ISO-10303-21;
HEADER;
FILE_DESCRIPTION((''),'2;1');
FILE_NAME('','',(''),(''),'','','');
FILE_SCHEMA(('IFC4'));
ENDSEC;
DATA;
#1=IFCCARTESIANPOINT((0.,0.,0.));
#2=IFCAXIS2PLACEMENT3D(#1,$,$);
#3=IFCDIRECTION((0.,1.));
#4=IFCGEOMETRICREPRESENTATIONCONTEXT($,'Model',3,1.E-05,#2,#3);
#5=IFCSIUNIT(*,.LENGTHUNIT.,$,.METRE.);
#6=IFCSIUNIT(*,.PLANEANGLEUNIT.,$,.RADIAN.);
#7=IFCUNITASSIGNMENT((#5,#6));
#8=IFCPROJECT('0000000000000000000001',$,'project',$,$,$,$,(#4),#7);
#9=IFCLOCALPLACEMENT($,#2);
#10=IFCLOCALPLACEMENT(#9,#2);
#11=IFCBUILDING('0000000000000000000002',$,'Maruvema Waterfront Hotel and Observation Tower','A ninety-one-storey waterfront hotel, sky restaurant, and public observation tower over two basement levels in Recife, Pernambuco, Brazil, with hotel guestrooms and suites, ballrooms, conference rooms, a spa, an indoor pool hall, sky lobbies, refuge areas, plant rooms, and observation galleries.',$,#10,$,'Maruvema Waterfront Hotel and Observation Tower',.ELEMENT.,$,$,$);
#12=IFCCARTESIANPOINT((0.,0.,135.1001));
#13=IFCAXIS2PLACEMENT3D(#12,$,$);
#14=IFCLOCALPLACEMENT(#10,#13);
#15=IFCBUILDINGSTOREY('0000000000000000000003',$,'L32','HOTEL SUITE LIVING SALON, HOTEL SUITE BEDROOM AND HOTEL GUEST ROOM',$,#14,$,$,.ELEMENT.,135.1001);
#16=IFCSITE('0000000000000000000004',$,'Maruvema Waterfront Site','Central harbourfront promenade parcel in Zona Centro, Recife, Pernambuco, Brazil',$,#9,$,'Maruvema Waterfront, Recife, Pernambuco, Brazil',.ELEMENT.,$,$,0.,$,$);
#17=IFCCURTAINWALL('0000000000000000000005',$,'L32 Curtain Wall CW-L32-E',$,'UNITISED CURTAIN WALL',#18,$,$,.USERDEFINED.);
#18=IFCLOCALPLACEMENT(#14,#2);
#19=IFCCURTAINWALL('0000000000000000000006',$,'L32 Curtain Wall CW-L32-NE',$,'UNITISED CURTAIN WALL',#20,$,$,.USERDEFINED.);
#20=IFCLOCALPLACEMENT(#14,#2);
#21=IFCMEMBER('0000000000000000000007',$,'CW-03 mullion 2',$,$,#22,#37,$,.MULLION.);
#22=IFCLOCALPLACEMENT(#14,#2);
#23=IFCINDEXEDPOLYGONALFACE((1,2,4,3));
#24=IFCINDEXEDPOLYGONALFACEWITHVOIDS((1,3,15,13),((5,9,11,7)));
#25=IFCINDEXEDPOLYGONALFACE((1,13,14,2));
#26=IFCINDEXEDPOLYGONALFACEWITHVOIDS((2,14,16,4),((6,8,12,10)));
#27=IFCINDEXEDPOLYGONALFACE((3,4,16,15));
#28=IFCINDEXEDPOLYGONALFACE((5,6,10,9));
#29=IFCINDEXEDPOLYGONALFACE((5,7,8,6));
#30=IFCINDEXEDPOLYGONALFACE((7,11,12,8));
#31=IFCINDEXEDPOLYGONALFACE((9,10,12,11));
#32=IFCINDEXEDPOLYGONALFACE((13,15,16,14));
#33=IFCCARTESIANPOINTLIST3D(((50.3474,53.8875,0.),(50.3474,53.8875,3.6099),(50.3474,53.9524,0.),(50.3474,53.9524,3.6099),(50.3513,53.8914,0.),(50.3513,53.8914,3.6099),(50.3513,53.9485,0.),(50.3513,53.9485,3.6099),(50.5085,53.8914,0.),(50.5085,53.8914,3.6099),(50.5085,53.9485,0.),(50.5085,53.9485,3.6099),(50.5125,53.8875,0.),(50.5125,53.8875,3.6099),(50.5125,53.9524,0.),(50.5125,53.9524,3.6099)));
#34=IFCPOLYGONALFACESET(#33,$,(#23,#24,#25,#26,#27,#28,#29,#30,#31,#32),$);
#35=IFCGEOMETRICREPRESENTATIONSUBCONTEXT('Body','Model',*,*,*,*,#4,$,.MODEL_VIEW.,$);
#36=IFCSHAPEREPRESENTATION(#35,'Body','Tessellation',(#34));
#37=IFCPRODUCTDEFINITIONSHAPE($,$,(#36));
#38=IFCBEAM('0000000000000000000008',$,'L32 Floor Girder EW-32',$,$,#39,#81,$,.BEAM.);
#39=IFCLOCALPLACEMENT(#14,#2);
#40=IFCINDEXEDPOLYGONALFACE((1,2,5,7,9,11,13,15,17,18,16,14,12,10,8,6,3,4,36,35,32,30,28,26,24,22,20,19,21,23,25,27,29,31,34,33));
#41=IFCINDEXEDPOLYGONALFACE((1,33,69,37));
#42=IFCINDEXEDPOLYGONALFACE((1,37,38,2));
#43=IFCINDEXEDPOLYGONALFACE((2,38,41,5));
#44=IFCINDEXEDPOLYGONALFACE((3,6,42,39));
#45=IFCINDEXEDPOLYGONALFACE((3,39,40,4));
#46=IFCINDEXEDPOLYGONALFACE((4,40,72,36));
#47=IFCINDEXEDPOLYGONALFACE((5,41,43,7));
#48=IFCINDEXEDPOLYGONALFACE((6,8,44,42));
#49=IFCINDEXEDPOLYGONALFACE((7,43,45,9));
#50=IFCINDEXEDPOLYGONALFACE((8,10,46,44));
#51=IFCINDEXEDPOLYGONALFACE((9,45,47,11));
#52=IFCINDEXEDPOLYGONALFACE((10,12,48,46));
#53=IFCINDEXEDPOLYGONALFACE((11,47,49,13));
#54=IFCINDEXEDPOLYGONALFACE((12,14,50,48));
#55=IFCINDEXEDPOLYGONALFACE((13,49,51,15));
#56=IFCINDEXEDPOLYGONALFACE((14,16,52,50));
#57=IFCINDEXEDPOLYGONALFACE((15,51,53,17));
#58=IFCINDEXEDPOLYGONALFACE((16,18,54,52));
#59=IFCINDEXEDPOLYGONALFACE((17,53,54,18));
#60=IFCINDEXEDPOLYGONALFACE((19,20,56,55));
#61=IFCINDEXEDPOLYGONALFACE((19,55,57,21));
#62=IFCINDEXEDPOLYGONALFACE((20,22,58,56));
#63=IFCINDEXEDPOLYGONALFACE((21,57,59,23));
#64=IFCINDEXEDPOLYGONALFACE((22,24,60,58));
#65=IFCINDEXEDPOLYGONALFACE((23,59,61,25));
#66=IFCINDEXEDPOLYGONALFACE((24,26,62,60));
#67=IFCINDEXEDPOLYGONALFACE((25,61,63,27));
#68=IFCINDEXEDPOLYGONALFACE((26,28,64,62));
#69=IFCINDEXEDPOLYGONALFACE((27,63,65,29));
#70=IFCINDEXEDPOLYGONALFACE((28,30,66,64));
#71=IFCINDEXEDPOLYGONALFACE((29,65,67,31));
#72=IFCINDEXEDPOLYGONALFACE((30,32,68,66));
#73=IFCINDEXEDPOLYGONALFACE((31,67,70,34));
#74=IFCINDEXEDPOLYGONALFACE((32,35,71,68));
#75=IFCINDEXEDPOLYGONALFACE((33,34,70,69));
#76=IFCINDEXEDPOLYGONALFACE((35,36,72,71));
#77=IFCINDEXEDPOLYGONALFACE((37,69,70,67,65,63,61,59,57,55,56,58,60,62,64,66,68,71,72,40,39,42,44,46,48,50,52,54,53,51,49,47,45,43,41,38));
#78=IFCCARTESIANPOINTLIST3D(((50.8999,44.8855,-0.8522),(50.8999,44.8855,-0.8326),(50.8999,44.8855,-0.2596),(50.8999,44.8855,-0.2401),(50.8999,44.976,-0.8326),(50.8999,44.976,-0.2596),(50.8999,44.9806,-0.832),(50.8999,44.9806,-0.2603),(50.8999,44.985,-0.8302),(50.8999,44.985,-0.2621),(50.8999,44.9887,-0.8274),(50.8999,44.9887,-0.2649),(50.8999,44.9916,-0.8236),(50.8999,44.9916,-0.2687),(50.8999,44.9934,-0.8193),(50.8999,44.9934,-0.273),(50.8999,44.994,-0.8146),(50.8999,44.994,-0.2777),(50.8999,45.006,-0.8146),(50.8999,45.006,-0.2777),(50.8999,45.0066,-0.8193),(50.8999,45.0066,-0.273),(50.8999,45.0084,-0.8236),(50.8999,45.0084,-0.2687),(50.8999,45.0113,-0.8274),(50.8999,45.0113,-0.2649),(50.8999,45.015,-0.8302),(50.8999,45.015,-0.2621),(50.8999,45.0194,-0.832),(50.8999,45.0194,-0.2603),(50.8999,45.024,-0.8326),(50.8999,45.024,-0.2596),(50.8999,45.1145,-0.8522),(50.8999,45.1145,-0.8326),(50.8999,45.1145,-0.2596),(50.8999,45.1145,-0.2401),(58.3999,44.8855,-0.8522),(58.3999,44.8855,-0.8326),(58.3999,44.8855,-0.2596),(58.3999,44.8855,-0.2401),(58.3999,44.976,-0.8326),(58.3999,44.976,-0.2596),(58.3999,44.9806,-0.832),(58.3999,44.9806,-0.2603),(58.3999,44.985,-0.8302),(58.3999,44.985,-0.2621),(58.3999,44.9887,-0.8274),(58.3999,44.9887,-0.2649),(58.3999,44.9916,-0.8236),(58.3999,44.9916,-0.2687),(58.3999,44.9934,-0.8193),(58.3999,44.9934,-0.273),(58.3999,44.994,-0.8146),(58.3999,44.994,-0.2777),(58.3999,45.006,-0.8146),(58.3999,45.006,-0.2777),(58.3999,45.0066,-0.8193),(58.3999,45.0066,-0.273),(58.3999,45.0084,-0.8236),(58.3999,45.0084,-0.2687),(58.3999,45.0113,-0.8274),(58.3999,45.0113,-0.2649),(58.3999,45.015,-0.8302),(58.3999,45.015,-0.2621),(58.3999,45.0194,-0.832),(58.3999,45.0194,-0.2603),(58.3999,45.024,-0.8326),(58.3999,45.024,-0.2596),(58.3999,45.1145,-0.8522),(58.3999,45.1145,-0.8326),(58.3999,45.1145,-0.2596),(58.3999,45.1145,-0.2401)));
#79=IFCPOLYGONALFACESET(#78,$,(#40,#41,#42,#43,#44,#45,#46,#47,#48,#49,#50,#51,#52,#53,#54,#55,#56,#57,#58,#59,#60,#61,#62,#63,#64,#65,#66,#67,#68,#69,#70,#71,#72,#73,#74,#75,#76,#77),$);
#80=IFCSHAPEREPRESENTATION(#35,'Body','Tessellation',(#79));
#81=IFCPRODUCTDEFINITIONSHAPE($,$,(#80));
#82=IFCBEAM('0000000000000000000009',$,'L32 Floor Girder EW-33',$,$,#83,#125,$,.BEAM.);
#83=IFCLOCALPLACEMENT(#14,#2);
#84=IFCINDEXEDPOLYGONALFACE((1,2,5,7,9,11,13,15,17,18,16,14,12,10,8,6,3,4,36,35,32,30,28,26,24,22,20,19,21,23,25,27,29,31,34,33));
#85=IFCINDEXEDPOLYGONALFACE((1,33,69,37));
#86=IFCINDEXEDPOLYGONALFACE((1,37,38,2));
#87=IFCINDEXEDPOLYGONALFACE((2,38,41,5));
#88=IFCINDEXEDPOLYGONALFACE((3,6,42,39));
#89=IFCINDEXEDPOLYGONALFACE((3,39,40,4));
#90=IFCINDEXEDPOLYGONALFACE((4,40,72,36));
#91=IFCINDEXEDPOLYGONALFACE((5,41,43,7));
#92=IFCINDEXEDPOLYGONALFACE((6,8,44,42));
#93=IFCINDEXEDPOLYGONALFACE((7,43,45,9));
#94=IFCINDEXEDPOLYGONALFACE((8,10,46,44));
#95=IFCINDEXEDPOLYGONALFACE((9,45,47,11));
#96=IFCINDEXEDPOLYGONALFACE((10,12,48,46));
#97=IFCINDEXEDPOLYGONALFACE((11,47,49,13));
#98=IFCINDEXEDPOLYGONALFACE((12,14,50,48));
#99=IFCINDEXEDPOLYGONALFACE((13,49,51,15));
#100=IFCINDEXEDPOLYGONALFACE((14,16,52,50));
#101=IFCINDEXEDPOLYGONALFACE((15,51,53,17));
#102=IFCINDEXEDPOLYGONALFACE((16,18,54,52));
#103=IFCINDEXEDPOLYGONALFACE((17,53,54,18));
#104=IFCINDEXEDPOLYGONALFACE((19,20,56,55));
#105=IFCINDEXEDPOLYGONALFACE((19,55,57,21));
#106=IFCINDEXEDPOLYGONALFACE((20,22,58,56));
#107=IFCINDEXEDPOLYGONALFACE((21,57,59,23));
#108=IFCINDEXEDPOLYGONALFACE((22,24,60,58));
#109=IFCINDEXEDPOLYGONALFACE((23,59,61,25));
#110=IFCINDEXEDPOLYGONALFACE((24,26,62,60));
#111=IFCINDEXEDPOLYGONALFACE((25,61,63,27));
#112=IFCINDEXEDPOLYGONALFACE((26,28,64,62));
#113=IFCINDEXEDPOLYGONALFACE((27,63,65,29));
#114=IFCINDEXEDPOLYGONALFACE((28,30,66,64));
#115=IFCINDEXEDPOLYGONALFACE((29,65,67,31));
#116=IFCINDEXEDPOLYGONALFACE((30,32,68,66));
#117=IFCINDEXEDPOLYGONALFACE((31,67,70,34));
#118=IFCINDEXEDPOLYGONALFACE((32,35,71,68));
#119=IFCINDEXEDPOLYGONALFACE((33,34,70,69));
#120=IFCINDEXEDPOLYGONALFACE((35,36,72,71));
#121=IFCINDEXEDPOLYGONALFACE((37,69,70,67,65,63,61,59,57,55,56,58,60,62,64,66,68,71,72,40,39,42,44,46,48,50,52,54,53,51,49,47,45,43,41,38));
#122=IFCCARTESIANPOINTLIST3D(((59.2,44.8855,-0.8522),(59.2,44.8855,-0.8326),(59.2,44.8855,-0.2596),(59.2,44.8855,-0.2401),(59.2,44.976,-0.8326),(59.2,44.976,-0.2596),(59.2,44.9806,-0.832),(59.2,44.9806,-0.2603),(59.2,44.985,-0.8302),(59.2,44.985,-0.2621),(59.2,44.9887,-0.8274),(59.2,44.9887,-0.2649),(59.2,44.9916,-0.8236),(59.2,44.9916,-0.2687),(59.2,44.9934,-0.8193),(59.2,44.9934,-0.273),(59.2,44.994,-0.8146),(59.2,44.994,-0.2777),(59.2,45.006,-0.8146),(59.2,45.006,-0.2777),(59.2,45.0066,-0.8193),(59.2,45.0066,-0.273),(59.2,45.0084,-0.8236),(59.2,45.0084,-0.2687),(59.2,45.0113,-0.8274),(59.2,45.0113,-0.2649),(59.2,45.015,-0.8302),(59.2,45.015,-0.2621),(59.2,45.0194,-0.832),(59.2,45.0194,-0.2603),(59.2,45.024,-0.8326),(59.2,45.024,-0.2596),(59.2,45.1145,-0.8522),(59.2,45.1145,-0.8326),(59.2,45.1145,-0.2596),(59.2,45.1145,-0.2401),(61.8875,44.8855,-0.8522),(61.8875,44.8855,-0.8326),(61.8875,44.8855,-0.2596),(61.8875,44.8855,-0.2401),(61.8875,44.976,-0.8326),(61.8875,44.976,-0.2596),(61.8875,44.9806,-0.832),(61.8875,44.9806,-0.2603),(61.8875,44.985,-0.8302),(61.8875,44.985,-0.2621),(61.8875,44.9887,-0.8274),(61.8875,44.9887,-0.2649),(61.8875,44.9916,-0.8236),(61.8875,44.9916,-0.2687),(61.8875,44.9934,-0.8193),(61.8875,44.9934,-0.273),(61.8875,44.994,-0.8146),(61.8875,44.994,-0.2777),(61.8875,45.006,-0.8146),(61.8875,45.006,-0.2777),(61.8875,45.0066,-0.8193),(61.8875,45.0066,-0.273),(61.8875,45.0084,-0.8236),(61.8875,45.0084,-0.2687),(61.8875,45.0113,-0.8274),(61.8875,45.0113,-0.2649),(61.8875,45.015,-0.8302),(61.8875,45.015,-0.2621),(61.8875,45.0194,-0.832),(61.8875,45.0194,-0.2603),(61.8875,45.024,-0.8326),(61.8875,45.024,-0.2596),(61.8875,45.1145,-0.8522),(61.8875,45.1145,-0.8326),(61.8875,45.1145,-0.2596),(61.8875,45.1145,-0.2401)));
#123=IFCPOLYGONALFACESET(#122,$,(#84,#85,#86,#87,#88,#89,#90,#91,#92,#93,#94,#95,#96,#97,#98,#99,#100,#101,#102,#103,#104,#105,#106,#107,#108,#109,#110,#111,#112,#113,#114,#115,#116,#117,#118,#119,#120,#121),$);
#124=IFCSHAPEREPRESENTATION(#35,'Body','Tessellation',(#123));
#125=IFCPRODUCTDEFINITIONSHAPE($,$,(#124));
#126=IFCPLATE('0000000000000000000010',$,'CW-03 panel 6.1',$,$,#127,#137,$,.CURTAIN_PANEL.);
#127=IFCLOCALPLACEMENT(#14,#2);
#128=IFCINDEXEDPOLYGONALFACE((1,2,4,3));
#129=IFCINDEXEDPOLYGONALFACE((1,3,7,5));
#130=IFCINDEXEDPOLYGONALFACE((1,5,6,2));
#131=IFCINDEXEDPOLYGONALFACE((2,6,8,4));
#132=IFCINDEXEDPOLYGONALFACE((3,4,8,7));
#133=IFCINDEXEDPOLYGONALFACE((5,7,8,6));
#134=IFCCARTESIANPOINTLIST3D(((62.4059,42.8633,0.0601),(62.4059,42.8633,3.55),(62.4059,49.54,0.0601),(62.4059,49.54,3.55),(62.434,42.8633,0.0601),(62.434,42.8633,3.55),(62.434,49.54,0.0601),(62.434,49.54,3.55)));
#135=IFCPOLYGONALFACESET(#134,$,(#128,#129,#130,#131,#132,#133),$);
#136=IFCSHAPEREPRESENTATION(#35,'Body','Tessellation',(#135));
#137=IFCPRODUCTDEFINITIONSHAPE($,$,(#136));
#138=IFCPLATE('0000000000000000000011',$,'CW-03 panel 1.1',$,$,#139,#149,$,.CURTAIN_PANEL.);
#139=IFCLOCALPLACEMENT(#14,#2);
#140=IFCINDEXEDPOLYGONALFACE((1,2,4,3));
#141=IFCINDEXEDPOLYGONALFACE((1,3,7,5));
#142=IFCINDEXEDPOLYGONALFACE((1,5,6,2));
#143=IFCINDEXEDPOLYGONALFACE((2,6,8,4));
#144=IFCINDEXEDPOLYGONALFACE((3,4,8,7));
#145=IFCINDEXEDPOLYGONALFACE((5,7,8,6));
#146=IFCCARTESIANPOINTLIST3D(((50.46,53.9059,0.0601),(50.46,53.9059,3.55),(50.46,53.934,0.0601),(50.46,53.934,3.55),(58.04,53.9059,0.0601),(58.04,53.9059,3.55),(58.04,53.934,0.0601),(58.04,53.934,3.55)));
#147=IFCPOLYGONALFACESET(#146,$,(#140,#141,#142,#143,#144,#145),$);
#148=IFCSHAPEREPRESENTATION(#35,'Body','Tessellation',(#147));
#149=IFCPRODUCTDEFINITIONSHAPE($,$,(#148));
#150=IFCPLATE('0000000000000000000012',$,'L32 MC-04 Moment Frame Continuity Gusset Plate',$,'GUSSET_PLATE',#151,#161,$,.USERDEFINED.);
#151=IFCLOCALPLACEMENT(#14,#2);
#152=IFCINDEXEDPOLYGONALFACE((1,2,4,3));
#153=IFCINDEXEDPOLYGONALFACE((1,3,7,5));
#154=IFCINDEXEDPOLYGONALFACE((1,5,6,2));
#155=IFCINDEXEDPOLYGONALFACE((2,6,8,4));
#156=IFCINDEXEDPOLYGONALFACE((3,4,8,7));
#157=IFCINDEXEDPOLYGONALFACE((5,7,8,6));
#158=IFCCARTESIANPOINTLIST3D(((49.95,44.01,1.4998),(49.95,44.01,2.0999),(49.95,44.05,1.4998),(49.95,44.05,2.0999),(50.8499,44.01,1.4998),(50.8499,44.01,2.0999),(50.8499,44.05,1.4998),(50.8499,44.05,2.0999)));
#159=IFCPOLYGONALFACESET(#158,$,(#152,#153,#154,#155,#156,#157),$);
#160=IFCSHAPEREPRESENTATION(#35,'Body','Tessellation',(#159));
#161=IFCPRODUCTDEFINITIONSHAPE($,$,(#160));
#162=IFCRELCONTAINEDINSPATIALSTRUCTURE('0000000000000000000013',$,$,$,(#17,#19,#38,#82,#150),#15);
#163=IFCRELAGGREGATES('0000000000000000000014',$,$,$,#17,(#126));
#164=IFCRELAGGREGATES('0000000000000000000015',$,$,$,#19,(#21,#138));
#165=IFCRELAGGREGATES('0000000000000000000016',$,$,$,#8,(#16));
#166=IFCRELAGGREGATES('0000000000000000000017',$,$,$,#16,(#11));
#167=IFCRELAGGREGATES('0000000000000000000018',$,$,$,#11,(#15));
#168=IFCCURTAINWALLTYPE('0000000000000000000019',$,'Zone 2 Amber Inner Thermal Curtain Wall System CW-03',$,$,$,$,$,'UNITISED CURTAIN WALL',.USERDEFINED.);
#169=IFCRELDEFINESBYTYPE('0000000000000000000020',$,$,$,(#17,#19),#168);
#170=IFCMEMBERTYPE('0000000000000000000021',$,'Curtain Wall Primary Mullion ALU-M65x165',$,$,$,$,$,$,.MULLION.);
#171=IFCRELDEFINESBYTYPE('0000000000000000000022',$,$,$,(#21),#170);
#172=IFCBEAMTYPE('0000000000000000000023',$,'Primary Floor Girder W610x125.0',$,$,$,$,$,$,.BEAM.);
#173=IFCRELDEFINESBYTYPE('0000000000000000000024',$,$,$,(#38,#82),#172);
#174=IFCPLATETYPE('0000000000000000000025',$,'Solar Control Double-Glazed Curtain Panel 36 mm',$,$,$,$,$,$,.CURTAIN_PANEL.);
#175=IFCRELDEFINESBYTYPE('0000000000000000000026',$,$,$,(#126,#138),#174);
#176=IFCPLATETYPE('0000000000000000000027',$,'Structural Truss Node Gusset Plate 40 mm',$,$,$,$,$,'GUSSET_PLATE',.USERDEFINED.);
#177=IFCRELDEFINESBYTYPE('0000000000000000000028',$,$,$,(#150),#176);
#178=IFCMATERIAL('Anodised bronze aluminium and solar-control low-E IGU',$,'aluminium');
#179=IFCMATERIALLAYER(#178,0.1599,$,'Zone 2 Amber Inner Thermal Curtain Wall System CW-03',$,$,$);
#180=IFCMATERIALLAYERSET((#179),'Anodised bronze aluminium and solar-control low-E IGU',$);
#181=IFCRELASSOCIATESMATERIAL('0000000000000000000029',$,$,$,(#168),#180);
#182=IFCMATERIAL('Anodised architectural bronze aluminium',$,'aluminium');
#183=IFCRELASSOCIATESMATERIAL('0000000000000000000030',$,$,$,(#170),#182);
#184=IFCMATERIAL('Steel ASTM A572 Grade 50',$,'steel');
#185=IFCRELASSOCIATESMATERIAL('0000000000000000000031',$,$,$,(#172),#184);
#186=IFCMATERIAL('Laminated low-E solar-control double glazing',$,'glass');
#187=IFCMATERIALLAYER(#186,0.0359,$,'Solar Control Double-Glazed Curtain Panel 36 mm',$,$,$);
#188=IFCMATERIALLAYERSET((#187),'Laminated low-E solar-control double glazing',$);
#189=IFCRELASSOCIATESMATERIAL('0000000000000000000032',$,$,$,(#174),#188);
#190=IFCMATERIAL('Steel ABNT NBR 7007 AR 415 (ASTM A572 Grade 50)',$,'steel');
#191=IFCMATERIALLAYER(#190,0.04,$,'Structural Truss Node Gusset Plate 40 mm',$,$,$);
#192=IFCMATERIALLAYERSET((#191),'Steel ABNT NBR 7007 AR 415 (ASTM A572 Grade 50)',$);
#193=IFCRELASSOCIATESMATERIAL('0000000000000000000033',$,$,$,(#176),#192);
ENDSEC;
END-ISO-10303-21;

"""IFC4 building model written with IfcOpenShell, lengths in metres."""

from ifc_helpers import new_model, si_unit, direction, frame, origin, origin_2d, place, context, subcontext, project, spatial, rectangle, hollow_rectangle, i_section, extrude, material, layer, layer_set, material_profile, profile_set, type_object, element, aggregate, save


model = new_model("IFC4")

# Units and contexts
model_context = context("Model", 3, precision=1e-05, world=origin(), true_north=direction((0.0, 1.0)))
body_context = subcontext(model_context, "Body", "Model", "MODEL_VIEW")
ifc_project = project(units=[si_unit("LENGTHUNIT", "METRE"), si_unit("PLANEANGLEUNIT", "RADIAN")], contexts=[model_context])

# Site, building, storey
site_placement = place(None, origin())
site = spatial("IfcSite", under=ifc_project, at=site_placement, Name="Maruvema Waterfront Site", Description="Central harbourfront promenade parcel in Zona Centro, Recife, Pernambuco, Brazil", LongName="Maruvema Waterfront, Recife, Pernambuco, Brazil", CompositionType="ELEMENT", RefElevation=0.0)
building_placement = place(site_placement, origin())
building = spatial("IfcBuilding", under=site, at=building_placement, Name="Maruvema Waterfront Hotel and Observation Tower", Description="A ninety-one-storey waterfront hotel, sky restaurant, and public observation tower over two basement levels in Recife, Pernambuco, Brazil, with hotel guestrooms and suites, ballrooms, conference rooms, a spa, an indoor pool hall, sky lobbies, refuge areas, plant rooms, and observation galleries.", LongName="Maruvema Waterfront Hotel and Observation Tower", CompositionType="ELEMENT")
storey_placement = place(building_placement, frame((0.0, 0.0, 135.1001)))
storey = spatial("IfcBuildingStorey", under=building, at=storey_placement, Name="L32", Description="HOTEL SUITE LIVING SALON, HOTEL SUITE BEDROOM AND HOTEL GUEST ROOM", CompositionType="ELEMENT", Elevation=135.1001)

# Curtain walls
ifc_material_1 = material(Name="Anodised bronze aluminium and solar-control low-E IGU", Category="aluminium")
ifc_layer_1 = layer(ifc_material_1, 0.1599, Name="Zone 2 Amber Inner Thermal Curtain Wall System CW-03")
ifc_layer_set_1 = layer_set([ifc_layer_1], Name="Anodised bronze aluminium and solar-control low-E IGU")
curtain_wall_type = type_object("IfcCurtainWallType", Name="Zone 2 Amber Inner Thermal Curtain Wall System CW-03", ElementType="UNITISED CURTAIN WALL", PredefinedType="USERDEFINED", material=ifc_layer_set_1)
curtain_wall_1_placement = place(storey_placement, origin())
curtain_wall_1 = element("IfcCurtainWall", 1, at=curtain_wall_1_placement, inside=storey, type_object=curtain_wall_type, Name="L32 Curtain Wall CW-L32-E", ObjectType="UNITISED CURTAIN WALL", PredefinedType="USERDEFINED")
curtain_wall_2_placement = place(storey_placement, origin())
curtain_wall_2 = element("IfcCurtainWall", 2, at=curtain_wall_2_placement, inside=storey, type_object=curtain_wall_type, Name="L32 Curtain Wall CW-L32-NE", ObjectType="UNITISED CURTAIN WALL", PredefinedType="USERDEFINED")

# Member
ifc_material_2 = material(Name="Anodised architectural bronze aluminium", Category="aluminium")
ifc_material_profile_1 = material_profile(ifc_material_2, hollow_rectangle(XDim=0.0649, YDim=0.165, WallThickness=0.0039, at=origin_2d()), Name="ALU-M65x165")
ifc_profile_set_1 = profile_set([ifc_material_profile_1], Name="Anodised architectural bronze aluminium")
member_type_1 = type_object("IfcMemberType", Name="Curtain Wall Primary Mullion ALU-M65x165", PredefinedType="MULLION", material=ifc_profile_set_1)
member_1_placement = place(storey_placement, frame((50.4299, 53.9199, 0.0), z_axis=(0.0, 0.0, 1.0), x_axis=(0.0, -1.0, 0.0)))
member_1 = element("IfcMember", 3, at=member_1_placement, type_object=member_type_1, Name="CW-03 mullion 2", PredefinedType="MULLION", context=body_context, shape_type="SweptSolid", body=[
    extrude(hollow_rectangle(XDim=0.0649, YDim=0.165, WallThickness=0.0039, at=origin_2d()), origin(), (0.0, 0.0, 1.0), 3.6099),
])

# Beams
ifc_material_3 = material(Name="Steel ASTM A572 Grade 50", Category="steel")
ifc_material_profile_2 = material_profile(ifc_material_3, i_section(OverallWidth=0.229, OverallDepth=0.6121, WebThickness=0.012, FlangeThickness=0.0195, FilletRadius=0.0181, at=origin_2d()), Name="W610x125.0")
ifc_profile_set_2 = profile_set([ifc_material_profile_2], Name="Steel ASTM A572 Grade 50")
beam_type = type_object("IfcBeamType", Name="Primary Floor Girder W610x125.0", PredefinedType="BEAM", material=ifc_profile_set_2)
beam_1_placement = place(storey_placement, frame((50.8999, 45.0, -0.5461), z_axis=(1.0, 0.0, 0.0), x_axis=(0.0, 1.0, 0.0)))
element("IfcBeam", 4, at=beam_1_placement, inside=storey, type_object=beam_type, Name="L32 Floor Girder EW-32", PredefinedType="BEAM", context=body_context, shape_type="SweptSolid", body=[
    extrude(i_section(OverallWidth=0.229, OverallDepth=0.6121, WebThickness=0.012, FlangeThickness=0.0195, FilletRadius=0.0181, at=origin_2d()), origin(), (0.0, 0.0, 1.0), 7.5),
])
beam_2_placement = place(storey_placement, frame((59.2, 45.0, -0.5461), z_axis=(1.0, 0.0, 0.0), x_axis=(0.0, 1.0, 0.0)))
element("IfcBeam", 5, at=beam_2_placement, inside=storey, type_object=beam_type, Name="L32 Floor Girder EW-33", PredefinedType="BEAM", context=body_context, shape_type="SweptSolid", body=[
    extrude(i_section(OverallWidth=0.229, OverallDepth=0.6121, WebThickness=0.012, FlangeThickness=0.0195, FilletRadius=0.0181, at=origin_2d()), origin(), (0.0, 0.0, 1.0), 2.6875),
])

# Plates
ifc_material_4 = material(Name="Laminated low-E solar-control double glazing", Category="glass")
ifc_layer_2 = layer(ifc_material_4, 0.0359, Name="Solar Control Double-Glazed Curtain Panel 36 mm")
ifc_layer_set_2 = layer_set([ifc_layer_2], Name="Laminated low-E solar-control double glazing")
plate_type_1 = type_object("IfcPlateType", Name="Solar Control Double-Glazed Curtain Panel 36 mm", PredefinedType="CURTAIN_PANEL", material=ifc_layer_set_2)
plate_1_placement = place(storey_placement, frame((62.4199, 46.2017, 0.0601), z_axis=(0.0, 0.0, 1.0), x_axis=(0.0, 1.0, 0.0)))
plate_1 = element("IfcPlate", 6, at=plate_1_placement, type_object=plate_type_1, Name="CW-03 panel 6.1", PredefinedType="CURTAIN_PANEL", context=body_context, shape_type="SweptSolid", body=[
    extrude(rectangle(XDim=6.6768, YDim=0.0281, at=origin_2d()), origin(), (0.0, 0.0, 1.0), 3.49),
])
aggregate(curtain_wall_1, [plate_1])
plate_2_placement = place(storey_placement, frame((54.25, 53.9199, 0.0601), z_axis=(0.0, 0.0, 1.0), x_axis=(-1.0, 0.0, 0.0)))
plate_2 = element("IfcPlate", 7, at=plate_2_placement, type_object=plate_type_1, Name="CW-03 panel 1.1", PredefinedType="CURTAIN_PANEL", context=body_context, shape_type="SweptSolid", body=[
    extrude(rectangle(XDim=7.5801, YDim=0.0281, at=origin_2d()), origin(), (0.0, 0.0, 1.0), 3.49),
])
aggregate(curtain_wall_2, [member_1, plate_2])
ifc_material_5 = material(Name="Steel ABNT NBR 7007 AR 415 (ASTM A572 Grade 50)", Category="steel")
ifc_layer_3 = layer(ifc_material_5, 0.04, Name="Structural Truss Node Gusset Plate 40 mm")
ifc_layer_set_3 = layer_set([ifc_layer_3], Name="Steel ABNT NBR 7007 AR 415 (ASTM A572 Grade 50)")
plate_type_2 = type_object("IfcPlateType", Name="Structural Truss Node Gusset Plate 40 mm", ElementType="GUSSET_PLATE", PredefinedType="USERDEFINED", material=ifc_layer_set_3)
plate_3_placement = place(storey_placement, frame((50.3999, 44.03, 1.4998), z_axis=(0.0, 0.0, 1.0), x_axis=(1.0, 0.0, 0.0)))
element("IfcPlate", 8, at=plate_3_placement, inside=storey, type_object=plate_type_2, Name="L32 MC-04 Moment Frame Continuity Gusset Plate", ObjectType="GUSSET_PLATE", PredefinedType="USERDEFINED", context=body_context, shape_type="SweptSolid", body=[
    extrude(rectangle(XDim=0.8999, YDim=0.04, at=origin_2d()), origin(), (0.0, 0.0, 1.0), 0.6001),
])

save(model, "model.ifc")
